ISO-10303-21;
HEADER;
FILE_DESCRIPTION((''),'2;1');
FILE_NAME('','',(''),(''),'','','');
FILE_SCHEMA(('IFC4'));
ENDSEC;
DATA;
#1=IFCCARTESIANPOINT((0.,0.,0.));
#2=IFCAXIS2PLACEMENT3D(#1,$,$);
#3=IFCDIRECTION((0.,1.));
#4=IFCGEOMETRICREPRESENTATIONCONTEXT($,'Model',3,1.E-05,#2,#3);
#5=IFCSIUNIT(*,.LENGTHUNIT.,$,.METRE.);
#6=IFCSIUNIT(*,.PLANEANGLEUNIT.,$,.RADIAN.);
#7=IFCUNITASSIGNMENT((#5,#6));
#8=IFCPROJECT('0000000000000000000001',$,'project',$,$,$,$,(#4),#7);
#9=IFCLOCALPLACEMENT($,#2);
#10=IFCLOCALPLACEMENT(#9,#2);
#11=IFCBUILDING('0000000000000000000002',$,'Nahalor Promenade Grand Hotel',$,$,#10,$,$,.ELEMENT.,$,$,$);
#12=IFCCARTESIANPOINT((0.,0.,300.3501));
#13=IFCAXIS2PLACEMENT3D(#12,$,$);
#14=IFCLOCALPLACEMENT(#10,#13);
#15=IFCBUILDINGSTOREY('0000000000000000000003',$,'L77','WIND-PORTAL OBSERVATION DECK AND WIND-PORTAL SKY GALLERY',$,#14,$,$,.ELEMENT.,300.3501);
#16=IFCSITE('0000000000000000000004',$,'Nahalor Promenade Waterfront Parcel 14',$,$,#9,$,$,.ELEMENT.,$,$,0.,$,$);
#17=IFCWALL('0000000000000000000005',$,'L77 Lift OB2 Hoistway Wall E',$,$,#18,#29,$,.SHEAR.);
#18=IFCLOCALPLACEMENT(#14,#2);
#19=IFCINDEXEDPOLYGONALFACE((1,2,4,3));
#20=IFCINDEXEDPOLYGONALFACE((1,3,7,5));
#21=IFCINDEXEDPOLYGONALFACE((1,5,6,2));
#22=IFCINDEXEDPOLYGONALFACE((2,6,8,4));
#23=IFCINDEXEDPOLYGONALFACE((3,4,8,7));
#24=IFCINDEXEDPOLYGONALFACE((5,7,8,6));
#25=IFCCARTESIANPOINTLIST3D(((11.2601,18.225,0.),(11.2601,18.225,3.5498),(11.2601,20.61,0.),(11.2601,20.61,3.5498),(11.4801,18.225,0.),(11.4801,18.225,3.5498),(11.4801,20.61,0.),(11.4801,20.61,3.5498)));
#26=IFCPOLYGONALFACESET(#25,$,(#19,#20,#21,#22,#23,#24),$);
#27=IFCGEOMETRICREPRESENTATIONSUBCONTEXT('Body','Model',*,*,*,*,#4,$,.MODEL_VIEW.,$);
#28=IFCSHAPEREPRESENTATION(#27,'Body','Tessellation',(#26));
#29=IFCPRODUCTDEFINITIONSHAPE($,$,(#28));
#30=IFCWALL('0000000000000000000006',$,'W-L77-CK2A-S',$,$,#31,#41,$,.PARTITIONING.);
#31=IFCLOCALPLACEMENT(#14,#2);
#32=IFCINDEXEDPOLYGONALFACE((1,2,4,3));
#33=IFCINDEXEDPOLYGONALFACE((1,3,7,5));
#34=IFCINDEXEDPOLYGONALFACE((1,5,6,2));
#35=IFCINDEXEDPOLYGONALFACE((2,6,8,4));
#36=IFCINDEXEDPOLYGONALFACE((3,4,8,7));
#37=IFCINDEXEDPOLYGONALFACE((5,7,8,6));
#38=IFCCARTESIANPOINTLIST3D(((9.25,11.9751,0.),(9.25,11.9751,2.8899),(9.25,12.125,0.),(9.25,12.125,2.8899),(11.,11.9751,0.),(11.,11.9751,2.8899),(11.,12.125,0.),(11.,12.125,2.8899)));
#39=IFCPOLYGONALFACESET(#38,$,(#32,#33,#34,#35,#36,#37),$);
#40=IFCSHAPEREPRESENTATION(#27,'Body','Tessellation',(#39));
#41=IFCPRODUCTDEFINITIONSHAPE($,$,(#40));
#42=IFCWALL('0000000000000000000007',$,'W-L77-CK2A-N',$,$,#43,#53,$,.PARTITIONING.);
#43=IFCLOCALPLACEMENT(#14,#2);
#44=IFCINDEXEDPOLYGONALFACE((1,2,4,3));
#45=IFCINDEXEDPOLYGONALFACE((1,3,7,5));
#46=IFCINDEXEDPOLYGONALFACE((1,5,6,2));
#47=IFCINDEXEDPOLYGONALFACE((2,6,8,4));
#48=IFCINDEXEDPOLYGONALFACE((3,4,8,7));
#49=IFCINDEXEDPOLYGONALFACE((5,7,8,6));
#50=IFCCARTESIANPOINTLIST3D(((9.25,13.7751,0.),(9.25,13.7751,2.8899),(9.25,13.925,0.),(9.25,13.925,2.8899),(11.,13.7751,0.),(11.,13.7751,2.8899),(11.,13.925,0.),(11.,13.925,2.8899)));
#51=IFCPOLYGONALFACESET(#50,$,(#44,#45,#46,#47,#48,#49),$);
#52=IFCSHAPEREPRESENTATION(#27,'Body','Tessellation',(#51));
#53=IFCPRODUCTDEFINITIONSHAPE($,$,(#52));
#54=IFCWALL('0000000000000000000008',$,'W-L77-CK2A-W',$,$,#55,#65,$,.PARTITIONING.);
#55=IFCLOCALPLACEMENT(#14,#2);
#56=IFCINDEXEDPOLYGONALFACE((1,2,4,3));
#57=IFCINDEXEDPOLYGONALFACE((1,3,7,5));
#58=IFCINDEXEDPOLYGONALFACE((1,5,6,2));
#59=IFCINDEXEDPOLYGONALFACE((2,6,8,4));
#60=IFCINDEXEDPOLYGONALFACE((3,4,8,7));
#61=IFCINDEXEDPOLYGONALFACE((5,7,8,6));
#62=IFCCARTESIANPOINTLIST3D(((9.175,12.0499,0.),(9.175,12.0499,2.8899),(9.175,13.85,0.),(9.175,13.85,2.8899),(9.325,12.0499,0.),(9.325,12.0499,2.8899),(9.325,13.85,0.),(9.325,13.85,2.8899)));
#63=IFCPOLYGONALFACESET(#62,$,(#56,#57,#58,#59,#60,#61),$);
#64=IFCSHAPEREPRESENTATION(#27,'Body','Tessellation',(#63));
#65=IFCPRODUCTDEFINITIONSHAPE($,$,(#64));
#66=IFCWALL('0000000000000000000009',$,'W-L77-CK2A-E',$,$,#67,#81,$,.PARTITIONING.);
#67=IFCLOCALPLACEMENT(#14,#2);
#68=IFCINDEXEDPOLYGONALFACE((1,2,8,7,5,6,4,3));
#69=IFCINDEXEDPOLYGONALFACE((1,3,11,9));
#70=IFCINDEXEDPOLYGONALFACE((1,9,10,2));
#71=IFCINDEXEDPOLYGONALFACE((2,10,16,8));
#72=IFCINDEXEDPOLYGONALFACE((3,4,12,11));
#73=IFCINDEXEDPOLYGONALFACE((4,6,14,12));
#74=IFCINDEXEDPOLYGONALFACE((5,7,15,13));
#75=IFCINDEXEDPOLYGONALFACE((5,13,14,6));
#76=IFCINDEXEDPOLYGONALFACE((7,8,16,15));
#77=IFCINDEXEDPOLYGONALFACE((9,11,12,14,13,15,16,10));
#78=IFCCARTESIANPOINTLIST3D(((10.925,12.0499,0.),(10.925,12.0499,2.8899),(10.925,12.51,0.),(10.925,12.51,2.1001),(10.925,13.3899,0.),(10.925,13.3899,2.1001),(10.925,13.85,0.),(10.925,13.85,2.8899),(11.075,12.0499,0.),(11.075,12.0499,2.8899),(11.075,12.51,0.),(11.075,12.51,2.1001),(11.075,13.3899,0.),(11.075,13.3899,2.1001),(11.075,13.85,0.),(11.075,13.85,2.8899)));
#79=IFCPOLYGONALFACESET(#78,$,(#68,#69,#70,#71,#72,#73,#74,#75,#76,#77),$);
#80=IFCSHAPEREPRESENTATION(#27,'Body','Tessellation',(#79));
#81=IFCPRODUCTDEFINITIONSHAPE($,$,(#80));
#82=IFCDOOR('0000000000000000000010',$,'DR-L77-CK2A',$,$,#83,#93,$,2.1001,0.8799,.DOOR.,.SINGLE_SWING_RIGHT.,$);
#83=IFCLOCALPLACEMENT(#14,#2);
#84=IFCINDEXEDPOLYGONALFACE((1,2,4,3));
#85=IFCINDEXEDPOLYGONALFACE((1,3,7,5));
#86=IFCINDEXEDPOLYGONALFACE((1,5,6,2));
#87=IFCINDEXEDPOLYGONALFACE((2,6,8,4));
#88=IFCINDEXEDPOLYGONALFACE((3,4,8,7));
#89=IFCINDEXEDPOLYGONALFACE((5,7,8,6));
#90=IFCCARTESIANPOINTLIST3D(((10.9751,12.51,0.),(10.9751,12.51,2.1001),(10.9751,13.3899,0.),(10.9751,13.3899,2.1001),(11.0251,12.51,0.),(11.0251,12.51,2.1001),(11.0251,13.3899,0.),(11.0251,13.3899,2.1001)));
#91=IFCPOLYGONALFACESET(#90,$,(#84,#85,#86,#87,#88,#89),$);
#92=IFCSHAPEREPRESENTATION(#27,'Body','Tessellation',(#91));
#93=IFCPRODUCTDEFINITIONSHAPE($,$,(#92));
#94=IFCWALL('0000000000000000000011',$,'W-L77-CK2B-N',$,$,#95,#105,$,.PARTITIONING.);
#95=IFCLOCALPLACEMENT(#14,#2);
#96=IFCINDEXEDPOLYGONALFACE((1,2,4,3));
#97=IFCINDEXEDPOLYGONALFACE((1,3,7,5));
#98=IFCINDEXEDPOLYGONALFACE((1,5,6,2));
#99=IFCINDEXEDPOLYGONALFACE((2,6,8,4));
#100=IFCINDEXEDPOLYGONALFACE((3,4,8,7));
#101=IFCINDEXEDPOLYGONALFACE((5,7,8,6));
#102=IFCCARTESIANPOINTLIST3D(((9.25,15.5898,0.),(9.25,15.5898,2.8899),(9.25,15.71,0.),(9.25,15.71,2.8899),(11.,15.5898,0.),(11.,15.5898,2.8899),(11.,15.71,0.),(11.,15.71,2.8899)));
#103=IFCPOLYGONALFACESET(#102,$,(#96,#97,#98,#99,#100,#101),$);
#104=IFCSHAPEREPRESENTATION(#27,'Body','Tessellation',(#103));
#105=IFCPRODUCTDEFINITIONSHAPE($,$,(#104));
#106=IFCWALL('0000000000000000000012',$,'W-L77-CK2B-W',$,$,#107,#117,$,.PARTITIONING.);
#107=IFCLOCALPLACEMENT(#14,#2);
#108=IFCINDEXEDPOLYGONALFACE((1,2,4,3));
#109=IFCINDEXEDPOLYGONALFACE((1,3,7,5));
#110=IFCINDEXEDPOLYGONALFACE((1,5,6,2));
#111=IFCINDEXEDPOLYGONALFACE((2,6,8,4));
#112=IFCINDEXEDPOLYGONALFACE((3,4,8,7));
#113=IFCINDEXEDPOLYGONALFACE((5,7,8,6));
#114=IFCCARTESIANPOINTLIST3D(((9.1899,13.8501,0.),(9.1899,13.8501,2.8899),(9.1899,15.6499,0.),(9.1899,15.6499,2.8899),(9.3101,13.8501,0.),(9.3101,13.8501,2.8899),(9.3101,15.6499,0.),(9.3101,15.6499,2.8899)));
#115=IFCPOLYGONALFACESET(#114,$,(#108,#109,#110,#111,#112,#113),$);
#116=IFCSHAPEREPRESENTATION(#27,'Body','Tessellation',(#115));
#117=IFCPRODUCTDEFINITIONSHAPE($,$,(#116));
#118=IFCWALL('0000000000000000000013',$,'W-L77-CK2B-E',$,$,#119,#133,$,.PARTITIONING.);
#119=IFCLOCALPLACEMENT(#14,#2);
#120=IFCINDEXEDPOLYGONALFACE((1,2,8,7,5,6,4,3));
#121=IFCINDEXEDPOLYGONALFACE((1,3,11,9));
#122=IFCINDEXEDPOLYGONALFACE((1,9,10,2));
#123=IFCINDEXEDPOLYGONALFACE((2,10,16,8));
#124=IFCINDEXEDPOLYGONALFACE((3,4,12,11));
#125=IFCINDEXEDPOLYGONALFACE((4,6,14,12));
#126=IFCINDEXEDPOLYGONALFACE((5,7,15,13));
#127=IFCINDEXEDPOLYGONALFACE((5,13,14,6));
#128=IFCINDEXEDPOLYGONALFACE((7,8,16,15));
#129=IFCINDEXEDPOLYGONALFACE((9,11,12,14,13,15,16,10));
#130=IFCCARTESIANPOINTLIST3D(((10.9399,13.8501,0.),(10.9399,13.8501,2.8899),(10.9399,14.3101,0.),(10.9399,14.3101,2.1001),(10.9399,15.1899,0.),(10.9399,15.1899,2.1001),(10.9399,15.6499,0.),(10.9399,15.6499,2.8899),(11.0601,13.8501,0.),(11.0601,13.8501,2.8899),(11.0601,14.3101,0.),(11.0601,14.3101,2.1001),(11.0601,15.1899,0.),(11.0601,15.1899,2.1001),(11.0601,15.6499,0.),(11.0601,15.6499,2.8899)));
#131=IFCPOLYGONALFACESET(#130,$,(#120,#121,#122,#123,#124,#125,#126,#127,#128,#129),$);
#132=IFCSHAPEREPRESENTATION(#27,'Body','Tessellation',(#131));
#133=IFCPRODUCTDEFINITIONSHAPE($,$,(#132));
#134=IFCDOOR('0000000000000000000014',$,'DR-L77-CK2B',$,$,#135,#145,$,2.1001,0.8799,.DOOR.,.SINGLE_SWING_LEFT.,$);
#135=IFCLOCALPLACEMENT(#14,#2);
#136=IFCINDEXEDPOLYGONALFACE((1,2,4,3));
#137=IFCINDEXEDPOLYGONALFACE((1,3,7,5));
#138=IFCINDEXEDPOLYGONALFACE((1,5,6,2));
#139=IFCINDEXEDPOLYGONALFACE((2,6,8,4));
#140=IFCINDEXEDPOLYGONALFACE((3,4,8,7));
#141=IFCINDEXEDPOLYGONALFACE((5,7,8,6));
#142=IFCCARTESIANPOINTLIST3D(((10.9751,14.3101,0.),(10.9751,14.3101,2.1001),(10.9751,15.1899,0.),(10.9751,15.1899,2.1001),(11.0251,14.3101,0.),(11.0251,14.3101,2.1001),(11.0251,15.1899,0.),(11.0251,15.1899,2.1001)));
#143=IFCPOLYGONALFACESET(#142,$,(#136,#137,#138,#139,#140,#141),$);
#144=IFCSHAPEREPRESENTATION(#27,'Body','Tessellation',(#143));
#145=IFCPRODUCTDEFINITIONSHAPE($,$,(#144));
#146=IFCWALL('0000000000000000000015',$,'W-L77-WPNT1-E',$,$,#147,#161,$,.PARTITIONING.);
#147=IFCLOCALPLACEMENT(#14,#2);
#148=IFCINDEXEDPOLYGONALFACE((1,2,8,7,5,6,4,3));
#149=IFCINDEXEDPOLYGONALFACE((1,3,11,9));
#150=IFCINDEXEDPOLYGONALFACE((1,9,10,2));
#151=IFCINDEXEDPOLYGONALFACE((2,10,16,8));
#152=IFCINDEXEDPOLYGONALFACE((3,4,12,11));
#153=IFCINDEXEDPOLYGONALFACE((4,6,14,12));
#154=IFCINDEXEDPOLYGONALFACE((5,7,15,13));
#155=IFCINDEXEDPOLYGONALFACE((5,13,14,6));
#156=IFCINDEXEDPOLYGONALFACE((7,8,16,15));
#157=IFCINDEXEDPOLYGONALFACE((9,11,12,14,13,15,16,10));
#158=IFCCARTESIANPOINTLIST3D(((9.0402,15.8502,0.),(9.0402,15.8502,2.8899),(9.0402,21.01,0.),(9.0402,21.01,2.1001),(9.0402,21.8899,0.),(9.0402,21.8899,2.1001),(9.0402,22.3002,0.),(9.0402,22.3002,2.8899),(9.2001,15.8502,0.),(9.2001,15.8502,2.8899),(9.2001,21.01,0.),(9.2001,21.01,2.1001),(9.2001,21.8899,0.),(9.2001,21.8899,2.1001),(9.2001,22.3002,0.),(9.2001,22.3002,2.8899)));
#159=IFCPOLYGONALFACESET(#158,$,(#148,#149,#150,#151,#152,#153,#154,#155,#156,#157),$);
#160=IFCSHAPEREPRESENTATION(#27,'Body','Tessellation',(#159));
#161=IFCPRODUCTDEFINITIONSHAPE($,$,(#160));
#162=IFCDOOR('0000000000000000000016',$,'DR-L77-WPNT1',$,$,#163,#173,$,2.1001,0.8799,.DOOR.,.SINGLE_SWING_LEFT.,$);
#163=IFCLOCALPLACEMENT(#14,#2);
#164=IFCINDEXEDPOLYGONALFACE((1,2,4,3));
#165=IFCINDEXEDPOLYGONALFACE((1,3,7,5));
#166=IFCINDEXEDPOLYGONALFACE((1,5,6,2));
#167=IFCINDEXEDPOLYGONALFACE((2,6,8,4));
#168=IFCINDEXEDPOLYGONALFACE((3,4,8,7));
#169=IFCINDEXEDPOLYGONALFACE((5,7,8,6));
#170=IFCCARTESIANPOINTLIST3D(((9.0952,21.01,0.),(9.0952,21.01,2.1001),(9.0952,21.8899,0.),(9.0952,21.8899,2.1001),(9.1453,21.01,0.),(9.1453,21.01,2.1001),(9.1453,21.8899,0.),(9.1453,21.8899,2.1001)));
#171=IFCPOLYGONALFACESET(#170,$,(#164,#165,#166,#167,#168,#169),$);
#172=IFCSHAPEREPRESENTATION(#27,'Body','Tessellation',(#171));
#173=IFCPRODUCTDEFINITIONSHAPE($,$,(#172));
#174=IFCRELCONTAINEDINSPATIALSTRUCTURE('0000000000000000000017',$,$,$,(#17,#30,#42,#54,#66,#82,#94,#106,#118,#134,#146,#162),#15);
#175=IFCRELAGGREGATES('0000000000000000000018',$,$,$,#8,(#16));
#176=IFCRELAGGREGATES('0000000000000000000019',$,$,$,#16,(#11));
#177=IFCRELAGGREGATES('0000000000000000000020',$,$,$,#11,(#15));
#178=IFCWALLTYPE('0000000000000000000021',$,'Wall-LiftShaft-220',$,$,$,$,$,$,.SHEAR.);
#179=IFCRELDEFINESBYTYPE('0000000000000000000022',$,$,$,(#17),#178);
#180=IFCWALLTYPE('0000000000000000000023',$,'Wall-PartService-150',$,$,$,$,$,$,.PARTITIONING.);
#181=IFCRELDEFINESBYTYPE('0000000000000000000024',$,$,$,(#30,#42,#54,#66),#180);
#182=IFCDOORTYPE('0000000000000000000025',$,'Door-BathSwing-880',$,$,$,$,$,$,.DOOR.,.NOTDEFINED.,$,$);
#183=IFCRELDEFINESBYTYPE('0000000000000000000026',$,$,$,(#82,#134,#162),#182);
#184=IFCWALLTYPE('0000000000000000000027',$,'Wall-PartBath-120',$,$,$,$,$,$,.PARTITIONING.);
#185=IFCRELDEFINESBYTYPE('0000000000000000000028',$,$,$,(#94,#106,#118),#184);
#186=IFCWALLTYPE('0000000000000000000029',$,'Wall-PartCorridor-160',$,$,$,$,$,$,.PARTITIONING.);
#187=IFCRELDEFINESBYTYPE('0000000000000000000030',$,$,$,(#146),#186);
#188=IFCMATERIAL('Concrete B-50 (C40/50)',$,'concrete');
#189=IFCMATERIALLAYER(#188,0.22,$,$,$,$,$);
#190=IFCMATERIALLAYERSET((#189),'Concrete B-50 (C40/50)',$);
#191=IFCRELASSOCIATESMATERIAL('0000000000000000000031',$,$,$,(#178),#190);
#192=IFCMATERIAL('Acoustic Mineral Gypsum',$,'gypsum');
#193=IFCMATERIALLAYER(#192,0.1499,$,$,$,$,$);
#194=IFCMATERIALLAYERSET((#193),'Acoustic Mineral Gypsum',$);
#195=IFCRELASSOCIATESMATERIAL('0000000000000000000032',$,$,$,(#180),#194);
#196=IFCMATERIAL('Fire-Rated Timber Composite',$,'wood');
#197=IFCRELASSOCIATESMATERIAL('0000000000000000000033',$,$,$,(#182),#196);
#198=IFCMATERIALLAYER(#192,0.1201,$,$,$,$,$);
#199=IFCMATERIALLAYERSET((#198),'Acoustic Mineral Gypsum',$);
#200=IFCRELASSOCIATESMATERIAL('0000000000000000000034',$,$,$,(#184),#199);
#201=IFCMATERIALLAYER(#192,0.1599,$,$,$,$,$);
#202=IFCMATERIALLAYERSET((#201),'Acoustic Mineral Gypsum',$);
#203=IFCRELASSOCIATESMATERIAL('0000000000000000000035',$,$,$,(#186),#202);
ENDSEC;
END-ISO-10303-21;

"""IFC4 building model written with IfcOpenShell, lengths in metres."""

from ifc_helpers import new_model, si_unit, direction, frame, frame_2d, origin, place, context, subcontext, project, spatial, rectangle, extrude, source, transform, mapped, material, layer, layer_set, type_object, element, fill, save


model = new_model("IFC4")

# Units and contexts
model_context = context("Model", 3, precision=1e-05, world=origin(), true_north=direction((0.0, 1.0)))
body_context = subcontext(model_context, "Body", "Model", "MODEL_VIEW")
ifc_project = project(units=[si_unit("LENGTHUNIT", "METRE"), si_unit("PLANEANGLEUNIT", "RADIAN")], contexts=[model_context])

# Site, building, storey
site_placement = place(None, origin())
site = spatial("IfcSite", under=ifc_project, at=site_placement, Name="Nahalor Promenade Waterfront Parcel 14", CompositionType="ELEMENT", RefElevation=0.0)
building_placement = place(site_placement, origin())
building = spatial("IfcBuilding", under=site, at=building_placement, Name="Nahalor Promenade Grand Hotel", CompositionType="ELEMENT")
storey_placement = place(building_placement, frame((0.0, 0.0, 300.3501)))
storey = spatial("IfcBuildingStorey", under=building, at=storey_placement, Name="L77", Description="WIND-PORTAL OBSERVATION DECK AND WIND-PORTAL SKY GALLERY", CompositionType="ELEMENT", Elevation=300.3501)

# Shared definitions
ifc_material_1 = material(Name="Concrete B-50 (C40/50)", Category="concrete")

# Walls
ifc_layer_1 = layer(ifc_material_1, 0.22)
ifc_layer_set_1 = layer_set([ifc_layer_1], Name="Concrete B-50 (C40/50)")
wall_type_1 = type_object("IfcWallType", Name="Wall-LiftShaft-220", PredefinedType="SHEAR", material=ifc_layer_set_1)
shared_shape_1 = source(origin(), body_context, "Body", "SweptSolid", [
    extrude(rectangle(XDim=2.385, YDim=0.22, at=frame_2d((1.1924, 0.0))), origin(), (0.0, 0.0, 1.0), 3.5498),
])
for number, where, z_axis, x_axis, name in (
    (1, (11.3701, 18.2251, 0.0), (0.0, 0.0, 1.0), (0.0, 1.0, 0.0), "L77 Lift OB2 Hoistway Wall E"),
):
    element("IfcWall", number, at=place(storey_placement, frame(where, z_axis=z_axis, x_axis=x_axis)), inside=storey, type_object=wall_type_1, Name=name, PredefinedType="SHEAR", context=body_context, shape_type="MappedRepresentation", body=[
        mapped(shared_shape_1, transform((0.0, 0.0, 0.0), scale=1.0)),
    ])
ifc_material_2 = material(Name="Acoustic Mineral Gypsum", Category="gypsum")
ifc_layer_2 = layer(ifc_material_2, 0.1499)
ifc_layer_set_2 = layer_set([ifc_layer_2], Name="Acoustic Mineral Gypsum")
wall_type_2 = type_object("IfcWallType", Name="Wall-PartService-150", PredefinedType="PARTITIONING", material=ifc_layer_set_2)
shared_shape_2 = source(origin(), body_context, "Body", "SweptSolid", [
    extrude(rectangle(XDim=1.75, YDim=0.1499, at=frame_2d((0.875, 0.0))), origin(), (0.0, 0.0, 1.0), 2.8899),
])
for number, where, z_axis, x_axis, name in (
    (2, (9.25, 12.05, 0.0), (0.0, 0.0, 1.0), (1.0, 0.0, 0.0), "W-L77-CK2A-S"),
    (3, (9.25, 13.8501, 0.0), (0.0, 0.0, 1.0), (1.0, 0.0, 0.0), "W-L77-CK2A-N"),
):
    element("IfcWall", number, at=place(storey_placement, frame(where, z_axis=z_axis, x_axis=x_axis)), inside=storey, type_object=wall_type_2, Name=name, PredefinedType="PARTITIONING", context=body_context, shape_type="MappedRepresentation", body=[
        mapped(shared_shape_2, transform((0.0, 0.0, 0.0), scale=1.0)),
    ])
shared_shape_3 = source(origin(), body_context, "Body", "SweptSolid", [
    extrude(rectangle(XDim=1.8, YDim=0.1499, at=frame_2d((0.8999, 0.0))), origin(), (0.0, 0.0, 1.0), 2.8899),
])
wall_1_placement = place(storey_placement, frame((9.25, 12.05, 0.0), z_axis=(0.0, 0.0, 1.0), x_axis=(0.0, 1.0, 0.0)))
element("IfcWall", 4, at=wall_1_placement, inside=storey, type_object=wall_type_2, Name="W-L77-CK2A-W", PredefinedType="PARTITIONING", context=body_context, shape_type="MappedRepresentation", body=[
    mapped(shared_shape_3, transform((0.0, 0.0, 0.0), scale=1.0)),
])

# Wall, opening, door
wall_2_placement = place(storey_placement, frame((11.0, 12.05, 0.0), z_axis=(0.0, 0.0, 1.0), x_axis=(0.0, 1.0, 0.0)))
wall_2 = element("IfcWall", 5, at=wall_2_placement, inside=storey, type_object=wall_type_2, Name="W-L77-CK2A-E", PredefinedType="PARTITIONING", context=body_context, shape_type="MappedRepresentation", body=[
    mapped(shared_shape_3, transform((0.0, 0.0, 0.0), scale=1.0)),
])
opening_1_placement = place(wall_2_placement, frame((0.46, 0.0, 0.0)))
opening_1 = element("IfcOpeningElement", 6, at=opening_1_placement, cuts=wall_2, PredefinedType="OPENING", context=body_context, shape_type="SweptSolid", body=[
    extrude(rectangle(XDim=0.8799, YDim=2.1001, at=frame_2d((0.4399, 1.05))), frame((0.0, 0.085, 0.0), z_axis=(0.0, -1.0, 0.0), x_axis=(1.0, 0.0, 0.0)), (0.0, 0.0, 1.0), 0.1699),
])
ifc_material_3 = material(Name="Fire-Rated Timber Composite", Category="wood")
door_type = type_object("IfcDoorType", Name="Door-BathSwing-880", OperationType="NOTDEFINED", PredefinedType="DOOR", material=ifc_material_3)
shared_shape_4 = source(origin(), body_context, "Body", "SweptSolid", [
    extrude(rectangle(XDim=0.8799, YDim=2.1001, at=frame_2d((0.4399, 1.05))), frame((0.0, 0.0249, 0.0), z_axis=(0.0, -1.0, 0.0), x_axis=(1.0, 0.0, 0.0)), (0.0, 0.0, 1.0), 0.05),
])
door_1_placement = place(opening_1_placement, origin())
door_1 = element("IfcDoor", 7, at=door_1_placement, inside=storey, type_object=door_type, Name="DR-L77-CK2A", OperationType="SINGLE_SWING_RIGHT", OverallHeight=2.1001, OverallWidth=0.8799, PredefinedType="DOOR", context=body_context, shape_type="MappedRepresentation", body=[
    mapped(shared_shape_4, transform((0.0, 0.0, 0.0), scale=1.0)),
])
fill(opening_1, door_1)

# Walls
ifc_layer_3 = layer(ifc_material_2, 0.1201)
ifc_layer_set_3 = layer_set([ifc_layer_3], Name="Acoustic Mineral Gypsum")
wall_type_3 = type_object("IfcWallType", Name="Wall-PartBath-120", PredefinedType="PARTITIONING", material=ifc_layer_set_3)
shared_shape_5 = source(origin(), body_context, "Body", "SweptSolid", [
    extrude(rectangle(XDim=1.75, YDim=0.1201, at=frame_2d((0.875, 0.0))), origin(), (0.0, 0.0, 1.0), 2.8899),
])
wall_3_placement = place(storey_placement, frame((9.25, 15.6499, 0.0), z_axis=(0.0, 0.0, 1.0), x_axis=(1.0, 0.0, 0.0)))
element("IfcWall", 8, at=wall_3_placement, inside=storey, type_object=wall_type_3, Name="W-L77-CK2B-N", PredefinedType="PARTITIONING", context=body_context, shape_type="MappedRepresentation", body=[
    mapped(shared_shape_5, transform((0.0, 0.0, 0.0), scale=1.0)),
])
shared_shape_6 = source(origin(), body_context, "Body", "SweptSolid", [
    extrude(rectangle(XDim=1.7998, YDim=0.1201, at=frame_2d((0.8999, 0.0))), origin(), (0.0, 0.0, 1.0), 2.8899),
])
wall_4_placement = place(storey_placement, frame((9.25, 13.8501, 0.0), z_axis=(0.0, 0.0, 1.0), x_axis=(0.0, 1.0, 0.0)))
element("IfcWall", 9, at=wall_4_placement, inside=storey, type_object=wall_type_3, Name="W-L77-CK2B-W", PredefinedType="PARTITIONING", context=body_context, shape_type="MappedRepresentation", body=[
    mapped(shared_shape_6, transform((0.0, 0.0, 0.0), scale=1.0)),
])

# Walls, openings, doors
wall_5_placement = place(storey_placement, frame((11.0, 13.8501, 0.0), z_axis=(0.0, 0.0, 1.0), x_axis=(0.0, 1.0, 0.0)))
wall_5 = element("IfcWall", 10, at=wall_5_placement, inside=storey, type_object=wall_type_3, Name="W-L77-CK2B-E", PredefinedType="PARTITIONING", context=body_context, shape_type="MappedRepresentation", body=[
    mapped(shared_shape_6, transform((0.0, 0.0, 0.0), scale=1.0)),
])
opening_2_placement = place(wall_5_placement, frame((0.46, 0.0, 0.0)))
opening_2 = element("IfcOpeningElement", 11, at=opening_2_placement, cuts=wall_5, PredefinedType="OPENING", context=body_context, shape_type="SweptSolid", body=[
    extrude(rectangle(XDim=0.8799, YDim=2.1001, at=frame_2d((0.4399, 1.05))), frame((0.0, 0.0701, 0.0), z_axis=(0.0, -1.0, 0.0), x_axis=(1.0, 0.0, 0.0)), (0.0, 0.0, 1.0), 0.1401),
])
door_2_placement = place(opening_2_placement, origin())
door_2 = element("IfcDoor", 12, at=door_2_placement, inside=storey, type_object=door_type, Name="DR-L77-CK2B", OperationType="SINGLE_SWING_LEFT", OverallHeight=2.1001, OverallWidth=0.8799, PredefinedType="DOOR", context=body_context, shape_type="MappedRepresentation", body=[
    mapped(shared_shape_4, transform((0.0, 0.0, 0.0), scale=1.0)),
])
fill(opening_2, door_2)
ifc_layer_4 = layer(ifc_material_2, 0.1599)
ifc_layer_set_4 = layer_set([ifc_layer_4], Name="Acoustic Mineral Gypsum")
wall_type_4 = type_object("IfcWallType", Name="Wall-PartCorridor-160", PredefinedType="PARTITIONING", material=ifc_layer_set_4)
shared_shape_7 = source(origin(), body_context, "Body", "SweptSolid", [
    extrude(rectangle(XDim=6.45, YDim=0.1599, at=frame_2d((3.2251, 0.0))), origin(), (0.0, 0.0, 1.0), 2.8899),
])
wall_6_placement = place(storey_placement, frame((9.1201, 15.8501, 0.0), z_axis=(0.0, 0.0, 1.0), x_axis=(0.0, 1.0, 0.0)))
wall_6 = element("IfcWall", 13, at=wall_6_placement, inside=storey, type_object=wall_type_4, Name="W-L77-WPNT1-E", PredefinedType="PARTITIONING", context=body_context, shape_type="MappedRepresentation", body=[
    mapped(shared_shape_7, transform((0.0, 0.0, 0.0), scale=1.0)),
])
opening_3_placement = place(wall_6_placement, frame((5.1599, 0.0, 0.0)))
opening_3 = element("IfcOpeningElement", 14, at=opening_3_placement, cuts=wall_6, PredefinedType="OPENING", context=body_context, shape_type="SweptSolid", body=[
    extrude(rectangle(XDim=0.8799, YDim=2.1001, at=frame_2d((0.4399, 1.05))), frame((0.0, 0.0898, 0.0), z_axis=(0.0, -1.0, 0.0), x_axis=(1.0, 0.0, 0.0)), (0.0, 0.0, 1.0), 0.1799),
])
door_3_placement = place(opening_3_placement, origin())
door_3 = element("IfcDoor", 15, at=door_3_placement, inside=storey, type_object=door_type, Name="DR-L77-WPNT1", OperationType="SINGLE_SWING_LEFT", OverallHeight=2.1001, OverallWidth=0.8799, PredefinedType="DOOR", context=body_context, shape_type="MappedRepresentation", body=[
    mapped(shared_shape_4, transform((0.0, 0.0, 0.0), scale=1.0)),
])
fill(opening_3, door_3)

save(model, "model.ifc")
